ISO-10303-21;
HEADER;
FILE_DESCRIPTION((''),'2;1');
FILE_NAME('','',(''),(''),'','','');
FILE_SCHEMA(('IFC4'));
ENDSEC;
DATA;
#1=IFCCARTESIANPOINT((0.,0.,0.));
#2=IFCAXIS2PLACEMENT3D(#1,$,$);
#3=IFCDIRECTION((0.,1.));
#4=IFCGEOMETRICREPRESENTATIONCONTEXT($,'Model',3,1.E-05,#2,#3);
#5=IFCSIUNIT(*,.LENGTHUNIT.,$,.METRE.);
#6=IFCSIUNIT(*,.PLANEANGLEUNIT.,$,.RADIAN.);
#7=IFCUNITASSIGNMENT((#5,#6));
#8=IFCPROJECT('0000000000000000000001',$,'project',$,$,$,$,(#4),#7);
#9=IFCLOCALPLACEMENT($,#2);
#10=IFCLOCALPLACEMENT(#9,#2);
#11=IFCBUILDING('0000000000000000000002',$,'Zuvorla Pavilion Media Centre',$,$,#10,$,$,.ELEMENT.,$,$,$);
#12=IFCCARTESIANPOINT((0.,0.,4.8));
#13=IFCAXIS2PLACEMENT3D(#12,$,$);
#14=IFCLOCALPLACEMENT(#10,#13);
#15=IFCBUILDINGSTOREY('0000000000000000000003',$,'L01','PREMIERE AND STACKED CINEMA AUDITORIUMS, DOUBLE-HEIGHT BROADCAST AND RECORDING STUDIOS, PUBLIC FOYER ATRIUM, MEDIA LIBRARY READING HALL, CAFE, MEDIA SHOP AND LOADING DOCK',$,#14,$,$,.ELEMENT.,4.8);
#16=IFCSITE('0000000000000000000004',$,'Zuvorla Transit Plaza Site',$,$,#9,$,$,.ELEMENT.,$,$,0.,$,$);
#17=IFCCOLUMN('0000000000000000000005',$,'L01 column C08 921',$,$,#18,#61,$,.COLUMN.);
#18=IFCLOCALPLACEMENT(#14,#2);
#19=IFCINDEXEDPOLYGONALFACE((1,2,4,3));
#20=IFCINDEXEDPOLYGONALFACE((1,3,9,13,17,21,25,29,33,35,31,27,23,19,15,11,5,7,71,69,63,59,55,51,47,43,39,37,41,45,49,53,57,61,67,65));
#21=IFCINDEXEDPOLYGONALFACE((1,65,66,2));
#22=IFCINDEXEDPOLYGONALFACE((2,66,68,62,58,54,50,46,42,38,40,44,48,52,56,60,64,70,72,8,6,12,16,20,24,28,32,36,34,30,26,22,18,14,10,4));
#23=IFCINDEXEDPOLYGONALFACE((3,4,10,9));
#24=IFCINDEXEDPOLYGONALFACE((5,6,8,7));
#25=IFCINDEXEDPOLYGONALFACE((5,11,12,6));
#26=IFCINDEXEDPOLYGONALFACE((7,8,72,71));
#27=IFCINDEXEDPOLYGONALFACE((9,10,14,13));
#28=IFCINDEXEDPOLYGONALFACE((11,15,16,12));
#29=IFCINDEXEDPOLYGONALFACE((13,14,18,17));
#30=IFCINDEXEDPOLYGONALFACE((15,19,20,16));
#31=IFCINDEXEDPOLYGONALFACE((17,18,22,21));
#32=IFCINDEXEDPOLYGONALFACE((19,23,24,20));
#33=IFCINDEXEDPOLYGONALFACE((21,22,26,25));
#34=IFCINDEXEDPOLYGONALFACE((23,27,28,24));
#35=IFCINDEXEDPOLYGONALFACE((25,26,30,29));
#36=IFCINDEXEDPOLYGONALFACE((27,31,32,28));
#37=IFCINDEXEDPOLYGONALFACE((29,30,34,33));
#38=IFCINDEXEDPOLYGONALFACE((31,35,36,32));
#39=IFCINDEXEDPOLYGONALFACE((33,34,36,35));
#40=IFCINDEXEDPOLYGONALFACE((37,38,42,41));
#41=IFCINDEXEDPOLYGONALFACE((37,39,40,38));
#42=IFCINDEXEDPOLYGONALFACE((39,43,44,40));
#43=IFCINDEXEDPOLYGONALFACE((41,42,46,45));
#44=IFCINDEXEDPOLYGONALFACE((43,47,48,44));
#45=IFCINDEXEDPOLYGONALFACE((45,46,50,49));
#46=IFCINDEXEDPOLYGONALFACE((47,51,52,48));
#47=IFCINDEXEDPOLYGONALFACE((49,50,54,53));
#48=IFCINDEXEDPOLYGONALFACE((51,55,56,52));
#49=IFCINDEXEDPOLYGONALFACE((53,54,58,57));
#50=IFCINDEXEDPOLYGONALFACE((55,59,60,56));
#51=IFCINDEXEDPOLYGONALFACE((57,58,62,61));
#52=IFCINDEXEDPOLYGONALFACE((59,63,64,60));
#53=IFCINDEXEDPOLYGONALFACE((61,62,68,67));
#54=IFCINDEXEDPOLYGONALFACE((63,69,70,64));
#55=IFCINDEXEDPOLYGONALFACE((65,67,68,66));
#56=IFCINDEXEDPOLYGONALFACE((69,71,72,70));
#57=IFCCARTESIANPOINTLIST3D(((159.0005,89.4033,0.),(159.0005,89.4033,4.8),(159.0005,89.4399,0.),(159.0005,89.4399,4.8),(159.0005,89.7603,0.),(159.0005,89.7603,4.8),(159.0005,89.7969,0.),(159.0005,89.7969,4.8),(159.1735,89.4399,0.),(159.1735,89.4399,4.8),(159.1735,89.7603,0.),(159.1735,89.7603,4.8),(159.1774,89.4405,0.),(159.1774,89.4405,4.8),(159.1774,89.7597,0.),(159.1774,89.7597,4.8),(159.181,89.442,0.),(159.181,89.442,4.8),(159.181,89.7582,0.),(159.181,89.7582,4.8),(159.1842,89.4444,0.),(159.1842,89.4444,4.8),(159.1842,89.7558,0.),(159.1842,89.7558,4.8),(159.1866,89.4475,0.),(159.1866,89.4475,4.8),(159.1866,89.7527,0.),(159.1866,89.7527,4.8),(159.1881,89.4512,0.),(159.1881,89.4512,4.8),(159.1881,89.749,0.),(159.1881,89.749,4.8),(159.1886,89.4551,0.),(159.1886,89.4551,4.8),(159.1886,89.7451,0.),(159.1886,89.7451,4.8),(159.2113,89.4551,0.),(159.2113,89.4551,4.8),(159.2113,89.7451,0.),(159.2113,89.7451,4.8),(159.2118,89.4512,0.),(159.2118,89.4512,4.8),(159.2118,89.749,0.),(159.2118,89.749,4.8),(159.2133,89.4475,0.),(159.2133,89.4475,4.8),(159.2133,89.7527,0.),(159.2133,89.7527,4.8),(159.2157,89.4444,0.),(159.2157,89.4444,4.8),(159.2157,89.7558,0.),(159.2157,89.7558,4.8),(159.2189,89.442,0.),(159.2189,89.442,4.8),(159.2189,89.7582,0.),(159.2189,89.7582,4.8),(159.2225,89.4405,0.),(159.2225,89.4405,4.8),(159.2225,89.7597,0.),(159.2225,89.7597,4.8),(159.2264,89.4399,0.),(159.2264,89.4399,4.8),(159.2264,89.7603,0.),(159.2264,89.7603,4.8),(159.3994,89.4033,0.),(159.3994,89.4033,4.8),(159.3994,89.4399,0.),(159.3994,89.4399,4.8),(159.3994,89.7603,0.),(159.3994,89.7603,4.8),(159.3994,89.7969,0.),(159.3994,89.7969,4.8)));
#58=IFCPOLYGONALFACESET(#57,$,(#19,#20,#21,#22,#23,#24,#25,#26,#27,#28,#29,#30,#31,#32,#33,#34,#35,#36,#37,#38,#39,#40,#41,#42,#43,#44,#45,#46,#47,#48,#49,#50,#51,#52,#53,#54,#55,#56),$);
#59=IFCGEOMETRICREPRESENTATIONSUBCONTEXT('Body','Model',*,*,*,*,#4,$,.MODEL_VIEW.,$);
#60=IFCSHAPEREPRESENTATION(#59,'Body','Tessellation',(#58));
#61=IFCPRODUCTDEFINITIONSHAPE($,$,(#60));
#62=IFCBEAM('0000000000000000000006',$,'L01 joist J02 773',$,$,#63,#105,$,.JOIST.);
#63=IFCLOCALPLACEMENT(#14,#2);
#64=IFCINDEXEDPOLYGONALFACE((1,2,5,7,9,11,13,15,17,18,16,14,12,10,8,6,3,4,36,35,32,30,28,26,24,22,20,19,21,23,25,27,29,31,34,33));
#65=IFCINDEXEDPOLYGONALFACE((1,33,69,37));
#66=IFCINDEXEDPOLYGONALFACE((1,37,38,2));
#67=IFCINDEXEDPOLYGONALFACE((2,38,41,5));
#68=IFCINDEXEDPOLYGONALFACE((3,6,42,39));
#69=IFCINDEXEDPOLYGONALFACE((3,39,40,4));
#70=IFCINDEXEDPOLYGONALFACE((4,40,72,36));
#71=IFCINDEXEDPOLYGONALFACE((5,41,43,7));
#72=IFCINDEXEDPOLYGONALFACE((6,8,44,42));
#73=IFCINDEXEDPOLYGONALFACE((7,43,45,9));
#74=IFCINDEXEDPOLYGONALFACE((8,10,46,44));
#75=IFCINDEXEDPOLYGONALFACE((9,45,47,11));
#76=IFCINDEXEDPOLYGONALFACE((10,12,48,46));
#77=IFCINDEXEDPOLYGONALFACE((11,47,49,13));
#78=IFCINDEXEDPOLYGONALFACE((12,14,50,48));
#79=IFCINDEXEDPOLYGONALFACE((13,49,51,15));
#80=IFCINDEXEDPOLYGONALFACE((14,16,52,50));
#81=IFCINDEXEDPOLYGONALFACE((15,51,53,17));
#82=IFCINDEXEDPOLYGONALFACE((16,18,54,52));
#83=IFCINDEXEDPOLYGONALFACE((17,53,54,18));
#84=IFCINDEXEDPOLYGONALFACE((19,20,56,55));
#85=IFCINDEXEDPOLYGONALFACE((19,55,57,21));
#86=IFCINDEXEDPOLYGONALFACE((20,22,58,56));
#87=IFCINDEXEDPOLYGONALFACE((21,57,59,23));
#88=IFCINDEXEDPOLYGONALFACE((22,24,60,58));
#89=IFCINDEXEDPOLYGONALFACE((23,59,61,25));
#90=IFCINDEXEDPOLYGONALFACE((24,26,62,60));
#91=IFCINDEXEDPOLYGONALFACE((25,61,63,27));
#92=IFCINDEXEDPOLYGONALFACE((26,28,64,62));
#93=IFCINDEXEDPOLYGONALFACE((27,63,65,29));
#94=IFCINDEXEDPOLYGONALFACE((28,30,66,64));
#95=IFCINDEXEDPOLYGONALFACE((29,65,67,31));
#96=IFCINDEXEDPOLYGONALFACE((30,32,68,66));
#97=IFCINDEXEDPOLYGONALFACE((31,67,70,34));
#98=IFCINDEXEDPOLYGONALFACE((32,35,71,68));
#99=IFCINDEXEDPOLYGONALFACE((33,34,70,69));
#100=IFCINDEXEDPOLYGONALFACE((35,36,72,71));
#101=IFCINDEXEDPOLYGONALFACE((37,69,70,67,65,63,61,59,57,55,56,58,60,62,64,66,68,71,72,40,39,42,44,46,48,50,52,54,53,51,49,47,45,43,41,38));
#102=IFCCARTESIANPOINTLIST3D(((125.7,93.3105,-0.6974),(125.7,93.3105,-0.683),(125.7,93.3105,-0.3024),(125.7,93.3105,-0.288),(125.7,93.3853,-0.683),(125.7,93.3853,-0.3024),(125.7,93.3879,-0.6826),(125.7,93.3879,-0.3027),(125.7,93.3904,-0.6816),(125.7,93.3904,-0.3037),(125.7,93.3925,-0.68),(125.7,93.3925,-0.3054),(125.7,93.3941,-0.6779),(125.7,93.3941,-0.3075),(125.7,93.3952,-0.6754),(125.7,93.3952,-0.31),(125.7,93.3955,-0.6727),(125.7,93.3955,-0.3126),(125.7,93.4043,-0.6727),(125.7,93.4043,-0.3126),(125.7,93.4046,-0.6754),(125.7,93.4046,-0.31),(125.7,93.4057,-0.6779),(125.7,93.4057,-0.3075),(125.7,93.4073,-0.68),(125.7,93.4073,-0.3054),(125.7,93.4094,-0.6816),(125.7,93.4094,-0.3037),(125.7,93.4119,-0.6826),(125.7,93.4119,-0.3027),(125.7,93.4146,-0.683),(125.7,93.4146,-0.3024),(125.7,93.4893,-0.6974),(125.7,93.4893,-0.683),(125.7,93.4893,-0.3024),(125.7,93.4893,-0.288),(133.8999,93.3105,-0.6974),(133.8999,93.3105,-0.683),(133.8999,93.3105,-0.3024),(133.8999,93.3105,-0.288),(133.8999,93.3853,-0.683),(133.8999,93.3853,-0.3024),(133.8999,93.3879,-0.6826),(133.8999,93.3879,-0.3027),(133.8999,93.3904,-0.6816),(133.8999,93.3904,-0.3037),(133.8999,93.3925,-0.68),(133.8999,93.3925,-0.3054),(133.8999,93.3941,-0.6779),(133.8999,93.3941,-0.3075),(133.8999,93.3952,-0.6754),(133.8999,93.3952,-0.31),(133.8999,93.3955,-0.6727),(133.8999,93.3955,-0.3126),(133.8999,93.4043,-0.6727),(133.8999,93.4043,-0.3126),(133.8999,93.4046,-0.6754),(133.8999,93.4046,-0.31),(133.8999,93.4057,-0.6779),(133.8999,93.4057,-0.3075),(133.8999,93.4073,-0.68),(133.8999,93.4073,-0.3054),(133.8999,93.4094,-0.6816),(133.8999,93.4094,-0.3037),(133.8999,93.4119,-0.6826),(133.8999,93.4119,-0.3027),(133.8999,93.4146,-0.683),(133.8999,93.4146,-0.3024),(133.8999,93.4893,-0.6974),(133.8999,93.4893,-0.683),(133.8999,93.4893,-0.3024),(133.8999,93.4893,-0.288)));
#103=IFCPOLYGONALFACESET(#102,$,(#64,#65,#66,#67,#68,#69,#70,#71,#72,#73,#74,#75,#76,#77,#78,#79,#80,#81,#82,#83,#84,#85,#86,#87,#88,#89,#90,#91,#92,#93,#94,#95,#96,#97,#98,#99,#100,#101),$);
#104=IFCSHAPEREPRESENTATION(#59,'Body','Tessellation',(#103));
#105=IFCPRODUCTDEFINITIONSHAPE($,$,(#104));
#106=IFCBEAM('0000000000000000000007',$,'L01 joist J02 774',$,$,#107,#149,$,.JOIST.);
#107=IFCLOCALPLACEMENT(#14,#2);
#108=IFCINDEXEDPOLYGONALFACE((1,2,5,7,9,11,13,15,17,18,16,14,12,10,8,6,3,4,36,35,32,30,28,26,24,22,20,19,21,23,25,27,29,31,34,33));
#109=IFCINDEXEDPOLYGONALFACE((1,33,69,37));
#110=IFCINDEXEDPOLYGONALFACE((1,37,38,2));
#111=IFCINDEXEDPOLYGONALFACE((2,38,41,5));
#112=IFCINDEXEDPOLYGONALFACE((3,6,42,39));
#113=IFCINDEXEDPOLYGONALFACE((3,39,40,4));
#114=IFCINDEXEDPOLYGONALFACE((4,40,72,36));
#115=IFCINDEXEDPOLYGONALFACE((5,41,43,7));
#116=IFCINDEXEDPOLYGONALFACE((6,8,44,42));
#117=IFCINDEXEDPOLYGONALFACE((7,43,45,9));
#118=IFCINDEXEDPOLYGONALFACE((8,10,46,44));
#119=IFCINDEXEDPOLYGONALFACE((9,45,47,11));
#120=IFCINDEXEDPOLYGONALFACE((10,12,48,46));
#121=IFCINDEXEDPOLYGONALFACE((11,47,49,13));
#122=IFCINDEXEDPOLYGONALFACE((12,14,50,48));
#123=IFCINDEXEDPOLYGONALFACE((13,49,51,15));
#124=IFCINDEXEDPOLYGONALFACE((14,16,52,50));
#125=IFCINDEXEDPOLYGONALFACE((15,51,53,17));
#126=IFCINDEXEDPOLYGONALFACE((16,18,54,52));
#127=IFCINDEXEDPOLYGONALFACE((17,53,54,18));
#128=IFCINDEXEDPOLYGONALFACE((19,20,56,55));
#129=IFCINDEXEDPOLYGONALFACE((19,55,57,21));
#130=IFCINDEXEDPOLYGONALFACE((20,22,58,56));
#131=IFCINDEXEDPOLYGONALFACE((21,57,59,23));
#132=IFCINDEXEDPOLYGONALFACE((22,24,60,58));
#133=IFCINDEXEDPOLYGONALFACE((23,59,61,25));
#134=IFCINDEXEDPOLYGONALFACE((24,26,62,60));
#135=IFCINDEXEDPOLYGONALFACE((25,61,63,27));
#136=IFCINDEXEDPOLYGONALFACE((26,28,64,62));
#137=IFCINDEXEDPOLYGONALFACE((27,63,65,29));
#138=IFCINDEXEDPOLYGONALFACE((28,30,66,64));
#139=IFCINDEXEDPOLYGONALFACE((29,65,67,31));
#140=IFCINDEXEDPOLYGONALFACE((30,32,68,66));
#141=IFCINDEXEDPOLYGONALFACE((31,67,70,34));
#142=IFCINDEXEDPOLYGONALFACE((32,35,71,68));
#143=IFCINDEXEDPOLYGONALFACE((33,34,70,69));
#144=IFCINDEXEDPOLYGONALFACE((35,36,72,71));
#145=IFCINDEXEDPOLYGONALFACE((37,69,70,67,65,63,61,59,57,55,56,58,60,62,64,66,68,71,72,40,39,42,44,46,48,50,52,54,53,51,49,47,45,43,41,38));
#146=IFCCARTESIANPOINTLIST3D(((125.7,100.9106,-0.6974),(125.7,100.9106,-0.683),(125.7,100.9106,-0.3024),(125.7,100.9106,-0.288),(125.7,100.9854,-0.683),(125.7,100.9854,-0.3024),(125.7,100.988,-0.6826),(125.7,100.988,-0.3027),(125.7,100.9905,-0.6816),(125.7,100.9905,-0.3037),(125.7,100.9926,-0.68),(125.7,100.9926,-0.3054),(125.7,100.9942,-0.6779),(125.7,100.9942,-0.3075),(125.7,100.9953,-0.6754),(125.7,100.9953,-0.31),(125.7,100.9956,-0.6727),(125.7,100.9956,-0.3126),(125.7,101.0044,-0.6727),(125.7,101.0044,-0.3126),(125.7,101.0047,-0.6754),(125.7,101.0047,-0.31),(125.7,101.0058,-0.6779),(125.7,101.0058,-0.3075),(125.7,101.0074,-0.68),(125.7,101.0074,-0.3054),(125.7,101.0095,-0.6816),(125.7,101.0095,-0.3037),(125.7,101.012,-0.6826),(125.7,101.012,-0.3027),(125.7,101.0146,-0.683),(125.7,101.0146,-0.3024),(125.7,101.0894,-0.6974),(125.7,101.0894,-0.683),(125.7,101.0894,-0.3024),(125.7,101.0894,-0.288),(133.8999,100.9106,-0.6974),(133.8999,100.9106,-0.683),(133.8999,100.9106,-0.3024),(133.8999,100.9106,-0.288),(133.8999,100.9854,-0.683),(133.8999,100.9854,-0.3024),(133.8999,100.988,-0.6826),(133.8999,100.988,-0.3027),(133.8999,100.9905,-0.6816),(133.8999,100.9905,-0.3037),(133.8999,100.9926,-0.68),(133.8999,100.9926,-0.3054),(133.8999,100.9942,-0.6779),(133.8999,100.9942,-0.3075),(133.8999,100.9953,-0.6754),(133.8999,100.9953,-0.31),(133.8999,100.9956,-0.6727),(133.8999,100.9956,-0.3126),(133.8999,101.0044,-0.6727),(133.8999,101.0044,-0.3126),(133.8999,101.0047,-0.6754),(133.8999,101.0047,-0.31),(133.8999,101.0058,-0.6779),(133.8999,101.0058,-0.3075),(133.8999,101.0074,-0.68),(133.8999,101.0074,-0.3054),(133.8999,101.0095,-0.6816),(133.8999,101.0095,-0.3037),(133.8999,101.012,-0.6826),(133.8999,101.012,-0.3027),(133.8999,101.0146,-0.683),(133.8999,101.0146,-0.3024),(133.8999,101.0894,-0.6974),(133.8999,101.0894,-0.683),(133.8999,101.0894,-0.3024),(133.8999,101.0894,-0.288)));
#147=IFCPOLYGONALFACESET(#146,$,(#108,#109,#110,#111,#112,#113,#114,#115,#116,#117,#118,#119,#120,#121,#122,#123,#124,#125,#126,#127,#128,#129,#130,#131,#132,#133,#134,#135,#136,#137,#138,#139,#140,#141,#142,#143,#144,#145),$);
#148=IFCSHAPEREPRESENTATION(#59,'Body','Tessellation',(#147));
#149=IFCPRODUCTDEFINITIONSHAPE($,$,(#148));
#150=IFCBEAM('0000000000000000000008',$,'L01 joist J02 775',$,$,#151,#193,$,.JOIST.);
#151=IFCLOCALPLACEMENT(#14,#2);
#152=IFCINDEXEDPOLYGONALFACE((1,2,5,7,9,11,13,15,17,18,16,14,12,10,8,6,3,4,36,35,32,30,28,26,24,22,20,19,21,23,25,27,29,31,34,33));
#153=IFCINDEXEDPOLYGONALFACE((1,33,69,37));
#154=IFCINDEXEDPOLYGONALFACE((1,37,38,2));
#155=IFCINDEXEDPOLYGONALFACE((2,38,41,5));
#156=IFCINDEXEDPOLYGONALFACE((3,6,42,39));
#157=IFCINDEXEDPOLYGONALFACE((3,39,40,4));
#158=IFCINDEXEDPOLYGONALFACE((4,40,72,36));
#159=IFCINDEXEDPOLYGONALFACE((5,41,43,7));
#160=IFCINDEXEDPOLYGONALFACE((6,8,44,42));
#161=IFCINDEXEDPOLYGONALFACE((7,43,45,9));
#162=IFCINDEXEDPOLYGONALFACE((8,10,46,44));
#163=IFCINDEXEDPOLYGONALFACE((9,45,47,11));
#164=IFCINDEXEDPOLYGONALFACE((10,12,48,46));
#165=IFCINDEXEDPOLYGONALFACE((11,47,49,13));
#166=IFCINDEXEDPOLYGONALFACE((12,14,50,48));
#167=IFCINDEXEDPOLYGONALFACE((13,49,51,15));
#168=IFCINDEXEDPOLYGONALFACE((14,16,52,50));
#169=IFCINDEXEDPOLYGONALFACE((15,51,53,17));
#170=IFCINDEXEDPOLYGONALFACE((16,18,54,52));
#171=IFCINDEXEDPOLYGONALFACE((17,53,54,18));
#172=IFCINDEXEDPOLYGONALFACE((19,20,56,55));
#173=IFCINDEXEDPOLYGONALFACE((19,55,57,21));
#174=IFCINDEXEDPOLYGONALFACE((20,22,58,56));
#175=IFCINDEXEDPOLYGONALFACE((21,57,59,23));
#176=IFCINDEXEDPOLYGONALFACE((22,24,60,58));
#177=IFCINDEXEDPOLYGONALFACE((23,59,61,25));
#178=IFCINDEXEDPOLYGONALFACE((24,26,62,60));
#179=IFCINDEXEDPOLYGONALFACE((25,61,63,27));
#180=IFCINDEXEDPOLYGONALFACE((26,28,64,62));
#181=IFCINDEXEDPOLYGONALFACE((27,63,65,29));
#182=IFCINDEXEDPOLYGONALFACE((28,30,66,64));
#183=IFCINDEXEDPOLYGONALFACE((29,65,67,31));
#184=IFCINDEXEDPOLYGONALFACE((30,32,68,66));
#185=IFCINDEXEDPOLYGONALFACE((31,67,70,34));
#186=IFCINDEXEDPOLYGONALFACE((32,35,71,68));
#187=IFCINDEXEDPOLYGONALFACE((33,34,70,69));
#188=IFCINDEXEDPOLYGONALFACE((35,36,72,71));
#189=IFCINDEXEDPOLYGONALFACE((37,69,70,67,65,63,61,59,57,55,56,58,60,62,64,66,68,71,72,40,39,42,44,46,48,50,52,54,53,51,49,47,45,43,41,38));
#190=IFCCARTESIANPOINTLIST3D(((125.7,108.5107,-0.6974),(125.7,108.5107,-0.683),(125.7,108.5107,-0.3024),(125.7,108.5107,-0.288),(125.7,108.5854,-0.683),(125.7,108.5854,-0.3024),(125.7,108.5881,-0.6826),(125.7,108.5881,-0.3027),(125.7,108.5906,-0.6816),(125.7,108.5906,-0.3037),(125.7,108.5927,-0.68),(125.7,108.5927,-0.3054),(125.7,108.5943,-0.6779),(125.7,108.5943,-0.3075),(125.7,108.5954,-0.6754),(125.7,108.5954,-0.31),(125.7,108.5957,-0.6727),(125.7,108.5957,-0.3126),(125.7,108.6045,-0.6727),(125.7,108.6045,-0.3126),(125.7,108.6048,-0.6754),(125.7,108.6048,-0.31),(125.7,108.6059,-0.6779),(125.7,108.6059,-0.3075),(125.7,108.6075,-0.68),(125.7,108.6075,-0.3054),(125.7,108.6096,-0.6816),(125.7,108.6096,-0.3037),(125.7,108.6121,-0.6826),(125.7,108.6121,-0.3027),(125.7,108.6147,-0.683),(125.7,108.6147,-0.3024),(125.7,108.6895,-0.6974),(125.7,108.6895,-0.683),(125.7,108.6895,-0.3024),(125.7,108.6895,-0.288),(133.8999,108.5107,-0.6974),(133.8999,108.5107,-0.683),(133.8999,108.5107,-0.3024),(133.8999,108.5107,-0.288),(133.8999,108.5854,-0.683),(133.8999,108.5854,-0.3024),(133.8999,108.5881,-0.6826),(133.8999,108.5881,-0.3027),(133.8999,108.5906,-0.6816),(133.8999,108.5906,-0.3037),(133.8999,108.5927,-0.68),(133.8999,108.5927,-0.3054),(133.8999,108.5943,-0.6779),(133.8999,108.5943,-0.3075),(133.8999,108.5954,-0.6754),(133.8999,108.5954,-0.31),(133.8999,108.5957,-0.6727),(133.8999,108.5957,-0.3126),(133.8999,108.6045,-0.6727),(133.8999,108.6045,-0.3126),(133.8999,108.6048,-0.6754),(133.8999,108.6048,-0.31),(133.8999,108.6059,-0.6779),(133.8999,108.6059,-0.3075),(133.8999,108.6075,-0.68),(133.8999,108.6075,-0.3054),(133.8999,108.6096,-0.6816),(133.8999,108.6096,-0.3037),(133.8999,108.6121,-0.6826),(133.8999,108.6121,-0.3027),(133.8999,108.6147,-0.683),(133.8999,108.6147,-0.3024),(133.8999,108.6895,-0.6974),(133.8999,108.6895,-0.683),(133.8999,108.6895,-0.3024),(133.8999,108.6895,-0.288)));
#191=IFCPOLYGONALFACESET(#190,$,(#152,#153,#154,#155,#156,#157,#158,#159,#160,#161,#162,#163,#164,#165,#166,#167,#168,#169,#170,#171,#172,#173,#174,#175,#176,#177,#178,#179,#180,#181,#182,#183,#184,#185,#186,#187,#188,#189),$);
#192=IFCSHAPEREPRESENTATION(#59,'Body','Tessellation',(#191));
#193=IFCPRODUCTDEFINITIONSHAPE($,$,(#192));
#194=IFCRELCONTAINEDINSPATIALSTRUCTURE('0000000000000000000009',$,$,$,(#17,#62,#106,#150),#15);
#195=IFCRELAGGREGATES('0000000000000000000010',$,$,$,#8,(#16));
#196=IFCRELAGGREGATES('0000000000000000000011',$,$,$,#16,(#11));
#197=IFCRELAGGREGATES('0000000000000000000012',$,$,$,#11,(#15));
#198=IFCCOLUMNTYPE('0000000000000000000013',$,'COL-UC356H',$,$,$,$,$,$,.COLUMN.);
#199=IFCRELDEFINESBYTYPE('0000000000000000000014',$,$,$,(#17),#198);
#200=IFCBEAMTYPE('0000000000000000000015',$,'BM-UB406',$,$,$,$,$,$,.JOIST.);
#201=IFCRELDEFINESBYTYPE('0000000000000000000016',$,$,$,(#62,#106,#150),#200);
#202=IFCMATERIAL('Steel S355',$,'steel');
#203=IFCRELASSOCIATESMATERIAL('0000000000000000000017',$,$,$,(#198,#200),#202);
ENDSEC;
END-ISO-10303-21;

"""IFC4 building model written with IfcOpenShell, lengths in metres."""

from ifc_helpers import new_model, si_unit, direction, frame, origin, origin_2d, place, context, subcontext, project, spatial, i_section, extrude, material, material_profile, profile_set, type_object, element, save


model = new_model("IFC4")

# Units and contexts
model_context = context("Model", 3, precision=1e-05, world=origin(), true_north=direction((0.0, 1.0)))
body_context = subcontext(model_context, "Body", "Model", "MODEL_VIEW")
ifc_project = project(units=[si_unit("LENGTHUNIT", "METRE"), si_unit("PLANEANGLEUNIT", "RADIAN")], contexts=[model_context])

# Site, building, storey
site_placement = place(None, origin())
site = spatial("IfcSite", under=ifc_project, at=site_placement, Name="Zuvorla Transit Plaza Site", CompositionType="ELEMENT", RefElevation=0.0)
building_placement = place(site_placement, origin())
building = spatial("IfcBuilding", under=site, at=building_placement, Name="Zuvorla Pavilion Media Centre", CompositionType="ELEMENT")
storey_placement = place(building_placement, frame((0.0, 0.0, 4.8)))
storey = spatial("IfcBuildingStorey", under=building, at=storey_placement, Name="L01", Description="PREMIERE AND STACKED CINEMA AUDITORIUMS, DOUBLE-HEIGHT BROADCAST AND RECORDING STUDIOS, PUBLIC FOYER ATRIUM, MEDIA LIBRARY READING HALL, CAFE, MEDIA SHOP AND LOADING DOCK", CompositionType="ELEMENT", Elevation=4.8)

# Column
ifc_material_1 = material(Name="Steel S355", Category="steel")
ifc_material_profile_1 = material_profile(ifc_material_1, i_section(OverallWidth=0.3989, OverallDepth=0.3936, WebThickness=0.0227, FlangeThickness=0.0366, FilletRadius=0.0151, at=origin_2d()), Name="UC 356x406x287")
ifc_profile_set_1 = profile_set([ifc_material_profile_1], Name="Steel S355")
column_type_1 = type_object("IfcColumnType", Name="COL-UC356H", PredefinedType="COLUMN", material=ifc_profile_set_1)
for number, where, z_axis, x_axis, name in (
    (1, (159.2, 89.6001, 0.0), (0.0, 0.0, 1.0), (1.0, 0.0, 0.0), "L01 column C08 921"),
):
    element("IfcColumn", number, at=place(storey_placement, frame(where, z_axis=z_axis, x_axis=x_axis)), inside=storey, type_object=column_type_1, Name=name, PredefinedType="COLUMN", context=body_context, shape_type="SweptSolid", body=[
        extrude(i_section(OverallWidth=0.3989, OverallDepth=0.3936, WebThickness=0.0227, FlangeThickness=0.0366, FilletRadius=0.0151, at=origin_2d()), origin(), (0.0, 0.0, 1.0), 4.8),
    ])

# Beams
ifc_material_profile_2 = material_profile(ifc_material_1, i_section(OverallWidth=0.1787, OverallDepth=0.4094, WebThickness=0.0088, FlangeThickness=0.0144, FilletRadius=0.0103, at=origin_2d()), Name="UB 406x178x67")
ifc_profile_set_2 = profile_set([ifc_material_profile_2], Name="Steel S355")
beam_type_1 = type_object("IfcBeamType", Name="BM-UB406", PredefinedType="JOIST", material=ifc_profile_set_2)
for number, where, z_axis, x_axis, name in (
    (2, (125.7, 93.3999, -0.4927), (1.0, 0.0, 0.0), (0.0, 1.0, 0.0), "L01 joist J02 773"),
    (3, (125.7, 101.0, -0.4927), (1.0, 0.0, 0.0), (0.0, 1.0, 0.0), "L01 joist J02 774"),
    (4, (125.7, 108.6001, -0.4927), (1.0, 0.0, 0.0), (0.0, 1.0, 0.0), "L01 joist J02 775"),
):
    element("IfcBeam", number, at=place(storey_placement, frame(where, z_axis=z_axis, x_axis=x_axis)), inside=storey, type_object=beam_type_1, Name=name, PredefinedType="JOIST", context=body_context, shape_type="SweptSolid", body=[
        extrude(i_section(OverallWidth=0.1787, OverallDepth=0.4094, WebThickness=0.0088, FlangeThickness=0.0144, FilletRadius=0.0103, at=origin_2d()), origin(), (0.0, 0.0, 1.0), 8.2),
    ])

save(model, "model.ifc")
